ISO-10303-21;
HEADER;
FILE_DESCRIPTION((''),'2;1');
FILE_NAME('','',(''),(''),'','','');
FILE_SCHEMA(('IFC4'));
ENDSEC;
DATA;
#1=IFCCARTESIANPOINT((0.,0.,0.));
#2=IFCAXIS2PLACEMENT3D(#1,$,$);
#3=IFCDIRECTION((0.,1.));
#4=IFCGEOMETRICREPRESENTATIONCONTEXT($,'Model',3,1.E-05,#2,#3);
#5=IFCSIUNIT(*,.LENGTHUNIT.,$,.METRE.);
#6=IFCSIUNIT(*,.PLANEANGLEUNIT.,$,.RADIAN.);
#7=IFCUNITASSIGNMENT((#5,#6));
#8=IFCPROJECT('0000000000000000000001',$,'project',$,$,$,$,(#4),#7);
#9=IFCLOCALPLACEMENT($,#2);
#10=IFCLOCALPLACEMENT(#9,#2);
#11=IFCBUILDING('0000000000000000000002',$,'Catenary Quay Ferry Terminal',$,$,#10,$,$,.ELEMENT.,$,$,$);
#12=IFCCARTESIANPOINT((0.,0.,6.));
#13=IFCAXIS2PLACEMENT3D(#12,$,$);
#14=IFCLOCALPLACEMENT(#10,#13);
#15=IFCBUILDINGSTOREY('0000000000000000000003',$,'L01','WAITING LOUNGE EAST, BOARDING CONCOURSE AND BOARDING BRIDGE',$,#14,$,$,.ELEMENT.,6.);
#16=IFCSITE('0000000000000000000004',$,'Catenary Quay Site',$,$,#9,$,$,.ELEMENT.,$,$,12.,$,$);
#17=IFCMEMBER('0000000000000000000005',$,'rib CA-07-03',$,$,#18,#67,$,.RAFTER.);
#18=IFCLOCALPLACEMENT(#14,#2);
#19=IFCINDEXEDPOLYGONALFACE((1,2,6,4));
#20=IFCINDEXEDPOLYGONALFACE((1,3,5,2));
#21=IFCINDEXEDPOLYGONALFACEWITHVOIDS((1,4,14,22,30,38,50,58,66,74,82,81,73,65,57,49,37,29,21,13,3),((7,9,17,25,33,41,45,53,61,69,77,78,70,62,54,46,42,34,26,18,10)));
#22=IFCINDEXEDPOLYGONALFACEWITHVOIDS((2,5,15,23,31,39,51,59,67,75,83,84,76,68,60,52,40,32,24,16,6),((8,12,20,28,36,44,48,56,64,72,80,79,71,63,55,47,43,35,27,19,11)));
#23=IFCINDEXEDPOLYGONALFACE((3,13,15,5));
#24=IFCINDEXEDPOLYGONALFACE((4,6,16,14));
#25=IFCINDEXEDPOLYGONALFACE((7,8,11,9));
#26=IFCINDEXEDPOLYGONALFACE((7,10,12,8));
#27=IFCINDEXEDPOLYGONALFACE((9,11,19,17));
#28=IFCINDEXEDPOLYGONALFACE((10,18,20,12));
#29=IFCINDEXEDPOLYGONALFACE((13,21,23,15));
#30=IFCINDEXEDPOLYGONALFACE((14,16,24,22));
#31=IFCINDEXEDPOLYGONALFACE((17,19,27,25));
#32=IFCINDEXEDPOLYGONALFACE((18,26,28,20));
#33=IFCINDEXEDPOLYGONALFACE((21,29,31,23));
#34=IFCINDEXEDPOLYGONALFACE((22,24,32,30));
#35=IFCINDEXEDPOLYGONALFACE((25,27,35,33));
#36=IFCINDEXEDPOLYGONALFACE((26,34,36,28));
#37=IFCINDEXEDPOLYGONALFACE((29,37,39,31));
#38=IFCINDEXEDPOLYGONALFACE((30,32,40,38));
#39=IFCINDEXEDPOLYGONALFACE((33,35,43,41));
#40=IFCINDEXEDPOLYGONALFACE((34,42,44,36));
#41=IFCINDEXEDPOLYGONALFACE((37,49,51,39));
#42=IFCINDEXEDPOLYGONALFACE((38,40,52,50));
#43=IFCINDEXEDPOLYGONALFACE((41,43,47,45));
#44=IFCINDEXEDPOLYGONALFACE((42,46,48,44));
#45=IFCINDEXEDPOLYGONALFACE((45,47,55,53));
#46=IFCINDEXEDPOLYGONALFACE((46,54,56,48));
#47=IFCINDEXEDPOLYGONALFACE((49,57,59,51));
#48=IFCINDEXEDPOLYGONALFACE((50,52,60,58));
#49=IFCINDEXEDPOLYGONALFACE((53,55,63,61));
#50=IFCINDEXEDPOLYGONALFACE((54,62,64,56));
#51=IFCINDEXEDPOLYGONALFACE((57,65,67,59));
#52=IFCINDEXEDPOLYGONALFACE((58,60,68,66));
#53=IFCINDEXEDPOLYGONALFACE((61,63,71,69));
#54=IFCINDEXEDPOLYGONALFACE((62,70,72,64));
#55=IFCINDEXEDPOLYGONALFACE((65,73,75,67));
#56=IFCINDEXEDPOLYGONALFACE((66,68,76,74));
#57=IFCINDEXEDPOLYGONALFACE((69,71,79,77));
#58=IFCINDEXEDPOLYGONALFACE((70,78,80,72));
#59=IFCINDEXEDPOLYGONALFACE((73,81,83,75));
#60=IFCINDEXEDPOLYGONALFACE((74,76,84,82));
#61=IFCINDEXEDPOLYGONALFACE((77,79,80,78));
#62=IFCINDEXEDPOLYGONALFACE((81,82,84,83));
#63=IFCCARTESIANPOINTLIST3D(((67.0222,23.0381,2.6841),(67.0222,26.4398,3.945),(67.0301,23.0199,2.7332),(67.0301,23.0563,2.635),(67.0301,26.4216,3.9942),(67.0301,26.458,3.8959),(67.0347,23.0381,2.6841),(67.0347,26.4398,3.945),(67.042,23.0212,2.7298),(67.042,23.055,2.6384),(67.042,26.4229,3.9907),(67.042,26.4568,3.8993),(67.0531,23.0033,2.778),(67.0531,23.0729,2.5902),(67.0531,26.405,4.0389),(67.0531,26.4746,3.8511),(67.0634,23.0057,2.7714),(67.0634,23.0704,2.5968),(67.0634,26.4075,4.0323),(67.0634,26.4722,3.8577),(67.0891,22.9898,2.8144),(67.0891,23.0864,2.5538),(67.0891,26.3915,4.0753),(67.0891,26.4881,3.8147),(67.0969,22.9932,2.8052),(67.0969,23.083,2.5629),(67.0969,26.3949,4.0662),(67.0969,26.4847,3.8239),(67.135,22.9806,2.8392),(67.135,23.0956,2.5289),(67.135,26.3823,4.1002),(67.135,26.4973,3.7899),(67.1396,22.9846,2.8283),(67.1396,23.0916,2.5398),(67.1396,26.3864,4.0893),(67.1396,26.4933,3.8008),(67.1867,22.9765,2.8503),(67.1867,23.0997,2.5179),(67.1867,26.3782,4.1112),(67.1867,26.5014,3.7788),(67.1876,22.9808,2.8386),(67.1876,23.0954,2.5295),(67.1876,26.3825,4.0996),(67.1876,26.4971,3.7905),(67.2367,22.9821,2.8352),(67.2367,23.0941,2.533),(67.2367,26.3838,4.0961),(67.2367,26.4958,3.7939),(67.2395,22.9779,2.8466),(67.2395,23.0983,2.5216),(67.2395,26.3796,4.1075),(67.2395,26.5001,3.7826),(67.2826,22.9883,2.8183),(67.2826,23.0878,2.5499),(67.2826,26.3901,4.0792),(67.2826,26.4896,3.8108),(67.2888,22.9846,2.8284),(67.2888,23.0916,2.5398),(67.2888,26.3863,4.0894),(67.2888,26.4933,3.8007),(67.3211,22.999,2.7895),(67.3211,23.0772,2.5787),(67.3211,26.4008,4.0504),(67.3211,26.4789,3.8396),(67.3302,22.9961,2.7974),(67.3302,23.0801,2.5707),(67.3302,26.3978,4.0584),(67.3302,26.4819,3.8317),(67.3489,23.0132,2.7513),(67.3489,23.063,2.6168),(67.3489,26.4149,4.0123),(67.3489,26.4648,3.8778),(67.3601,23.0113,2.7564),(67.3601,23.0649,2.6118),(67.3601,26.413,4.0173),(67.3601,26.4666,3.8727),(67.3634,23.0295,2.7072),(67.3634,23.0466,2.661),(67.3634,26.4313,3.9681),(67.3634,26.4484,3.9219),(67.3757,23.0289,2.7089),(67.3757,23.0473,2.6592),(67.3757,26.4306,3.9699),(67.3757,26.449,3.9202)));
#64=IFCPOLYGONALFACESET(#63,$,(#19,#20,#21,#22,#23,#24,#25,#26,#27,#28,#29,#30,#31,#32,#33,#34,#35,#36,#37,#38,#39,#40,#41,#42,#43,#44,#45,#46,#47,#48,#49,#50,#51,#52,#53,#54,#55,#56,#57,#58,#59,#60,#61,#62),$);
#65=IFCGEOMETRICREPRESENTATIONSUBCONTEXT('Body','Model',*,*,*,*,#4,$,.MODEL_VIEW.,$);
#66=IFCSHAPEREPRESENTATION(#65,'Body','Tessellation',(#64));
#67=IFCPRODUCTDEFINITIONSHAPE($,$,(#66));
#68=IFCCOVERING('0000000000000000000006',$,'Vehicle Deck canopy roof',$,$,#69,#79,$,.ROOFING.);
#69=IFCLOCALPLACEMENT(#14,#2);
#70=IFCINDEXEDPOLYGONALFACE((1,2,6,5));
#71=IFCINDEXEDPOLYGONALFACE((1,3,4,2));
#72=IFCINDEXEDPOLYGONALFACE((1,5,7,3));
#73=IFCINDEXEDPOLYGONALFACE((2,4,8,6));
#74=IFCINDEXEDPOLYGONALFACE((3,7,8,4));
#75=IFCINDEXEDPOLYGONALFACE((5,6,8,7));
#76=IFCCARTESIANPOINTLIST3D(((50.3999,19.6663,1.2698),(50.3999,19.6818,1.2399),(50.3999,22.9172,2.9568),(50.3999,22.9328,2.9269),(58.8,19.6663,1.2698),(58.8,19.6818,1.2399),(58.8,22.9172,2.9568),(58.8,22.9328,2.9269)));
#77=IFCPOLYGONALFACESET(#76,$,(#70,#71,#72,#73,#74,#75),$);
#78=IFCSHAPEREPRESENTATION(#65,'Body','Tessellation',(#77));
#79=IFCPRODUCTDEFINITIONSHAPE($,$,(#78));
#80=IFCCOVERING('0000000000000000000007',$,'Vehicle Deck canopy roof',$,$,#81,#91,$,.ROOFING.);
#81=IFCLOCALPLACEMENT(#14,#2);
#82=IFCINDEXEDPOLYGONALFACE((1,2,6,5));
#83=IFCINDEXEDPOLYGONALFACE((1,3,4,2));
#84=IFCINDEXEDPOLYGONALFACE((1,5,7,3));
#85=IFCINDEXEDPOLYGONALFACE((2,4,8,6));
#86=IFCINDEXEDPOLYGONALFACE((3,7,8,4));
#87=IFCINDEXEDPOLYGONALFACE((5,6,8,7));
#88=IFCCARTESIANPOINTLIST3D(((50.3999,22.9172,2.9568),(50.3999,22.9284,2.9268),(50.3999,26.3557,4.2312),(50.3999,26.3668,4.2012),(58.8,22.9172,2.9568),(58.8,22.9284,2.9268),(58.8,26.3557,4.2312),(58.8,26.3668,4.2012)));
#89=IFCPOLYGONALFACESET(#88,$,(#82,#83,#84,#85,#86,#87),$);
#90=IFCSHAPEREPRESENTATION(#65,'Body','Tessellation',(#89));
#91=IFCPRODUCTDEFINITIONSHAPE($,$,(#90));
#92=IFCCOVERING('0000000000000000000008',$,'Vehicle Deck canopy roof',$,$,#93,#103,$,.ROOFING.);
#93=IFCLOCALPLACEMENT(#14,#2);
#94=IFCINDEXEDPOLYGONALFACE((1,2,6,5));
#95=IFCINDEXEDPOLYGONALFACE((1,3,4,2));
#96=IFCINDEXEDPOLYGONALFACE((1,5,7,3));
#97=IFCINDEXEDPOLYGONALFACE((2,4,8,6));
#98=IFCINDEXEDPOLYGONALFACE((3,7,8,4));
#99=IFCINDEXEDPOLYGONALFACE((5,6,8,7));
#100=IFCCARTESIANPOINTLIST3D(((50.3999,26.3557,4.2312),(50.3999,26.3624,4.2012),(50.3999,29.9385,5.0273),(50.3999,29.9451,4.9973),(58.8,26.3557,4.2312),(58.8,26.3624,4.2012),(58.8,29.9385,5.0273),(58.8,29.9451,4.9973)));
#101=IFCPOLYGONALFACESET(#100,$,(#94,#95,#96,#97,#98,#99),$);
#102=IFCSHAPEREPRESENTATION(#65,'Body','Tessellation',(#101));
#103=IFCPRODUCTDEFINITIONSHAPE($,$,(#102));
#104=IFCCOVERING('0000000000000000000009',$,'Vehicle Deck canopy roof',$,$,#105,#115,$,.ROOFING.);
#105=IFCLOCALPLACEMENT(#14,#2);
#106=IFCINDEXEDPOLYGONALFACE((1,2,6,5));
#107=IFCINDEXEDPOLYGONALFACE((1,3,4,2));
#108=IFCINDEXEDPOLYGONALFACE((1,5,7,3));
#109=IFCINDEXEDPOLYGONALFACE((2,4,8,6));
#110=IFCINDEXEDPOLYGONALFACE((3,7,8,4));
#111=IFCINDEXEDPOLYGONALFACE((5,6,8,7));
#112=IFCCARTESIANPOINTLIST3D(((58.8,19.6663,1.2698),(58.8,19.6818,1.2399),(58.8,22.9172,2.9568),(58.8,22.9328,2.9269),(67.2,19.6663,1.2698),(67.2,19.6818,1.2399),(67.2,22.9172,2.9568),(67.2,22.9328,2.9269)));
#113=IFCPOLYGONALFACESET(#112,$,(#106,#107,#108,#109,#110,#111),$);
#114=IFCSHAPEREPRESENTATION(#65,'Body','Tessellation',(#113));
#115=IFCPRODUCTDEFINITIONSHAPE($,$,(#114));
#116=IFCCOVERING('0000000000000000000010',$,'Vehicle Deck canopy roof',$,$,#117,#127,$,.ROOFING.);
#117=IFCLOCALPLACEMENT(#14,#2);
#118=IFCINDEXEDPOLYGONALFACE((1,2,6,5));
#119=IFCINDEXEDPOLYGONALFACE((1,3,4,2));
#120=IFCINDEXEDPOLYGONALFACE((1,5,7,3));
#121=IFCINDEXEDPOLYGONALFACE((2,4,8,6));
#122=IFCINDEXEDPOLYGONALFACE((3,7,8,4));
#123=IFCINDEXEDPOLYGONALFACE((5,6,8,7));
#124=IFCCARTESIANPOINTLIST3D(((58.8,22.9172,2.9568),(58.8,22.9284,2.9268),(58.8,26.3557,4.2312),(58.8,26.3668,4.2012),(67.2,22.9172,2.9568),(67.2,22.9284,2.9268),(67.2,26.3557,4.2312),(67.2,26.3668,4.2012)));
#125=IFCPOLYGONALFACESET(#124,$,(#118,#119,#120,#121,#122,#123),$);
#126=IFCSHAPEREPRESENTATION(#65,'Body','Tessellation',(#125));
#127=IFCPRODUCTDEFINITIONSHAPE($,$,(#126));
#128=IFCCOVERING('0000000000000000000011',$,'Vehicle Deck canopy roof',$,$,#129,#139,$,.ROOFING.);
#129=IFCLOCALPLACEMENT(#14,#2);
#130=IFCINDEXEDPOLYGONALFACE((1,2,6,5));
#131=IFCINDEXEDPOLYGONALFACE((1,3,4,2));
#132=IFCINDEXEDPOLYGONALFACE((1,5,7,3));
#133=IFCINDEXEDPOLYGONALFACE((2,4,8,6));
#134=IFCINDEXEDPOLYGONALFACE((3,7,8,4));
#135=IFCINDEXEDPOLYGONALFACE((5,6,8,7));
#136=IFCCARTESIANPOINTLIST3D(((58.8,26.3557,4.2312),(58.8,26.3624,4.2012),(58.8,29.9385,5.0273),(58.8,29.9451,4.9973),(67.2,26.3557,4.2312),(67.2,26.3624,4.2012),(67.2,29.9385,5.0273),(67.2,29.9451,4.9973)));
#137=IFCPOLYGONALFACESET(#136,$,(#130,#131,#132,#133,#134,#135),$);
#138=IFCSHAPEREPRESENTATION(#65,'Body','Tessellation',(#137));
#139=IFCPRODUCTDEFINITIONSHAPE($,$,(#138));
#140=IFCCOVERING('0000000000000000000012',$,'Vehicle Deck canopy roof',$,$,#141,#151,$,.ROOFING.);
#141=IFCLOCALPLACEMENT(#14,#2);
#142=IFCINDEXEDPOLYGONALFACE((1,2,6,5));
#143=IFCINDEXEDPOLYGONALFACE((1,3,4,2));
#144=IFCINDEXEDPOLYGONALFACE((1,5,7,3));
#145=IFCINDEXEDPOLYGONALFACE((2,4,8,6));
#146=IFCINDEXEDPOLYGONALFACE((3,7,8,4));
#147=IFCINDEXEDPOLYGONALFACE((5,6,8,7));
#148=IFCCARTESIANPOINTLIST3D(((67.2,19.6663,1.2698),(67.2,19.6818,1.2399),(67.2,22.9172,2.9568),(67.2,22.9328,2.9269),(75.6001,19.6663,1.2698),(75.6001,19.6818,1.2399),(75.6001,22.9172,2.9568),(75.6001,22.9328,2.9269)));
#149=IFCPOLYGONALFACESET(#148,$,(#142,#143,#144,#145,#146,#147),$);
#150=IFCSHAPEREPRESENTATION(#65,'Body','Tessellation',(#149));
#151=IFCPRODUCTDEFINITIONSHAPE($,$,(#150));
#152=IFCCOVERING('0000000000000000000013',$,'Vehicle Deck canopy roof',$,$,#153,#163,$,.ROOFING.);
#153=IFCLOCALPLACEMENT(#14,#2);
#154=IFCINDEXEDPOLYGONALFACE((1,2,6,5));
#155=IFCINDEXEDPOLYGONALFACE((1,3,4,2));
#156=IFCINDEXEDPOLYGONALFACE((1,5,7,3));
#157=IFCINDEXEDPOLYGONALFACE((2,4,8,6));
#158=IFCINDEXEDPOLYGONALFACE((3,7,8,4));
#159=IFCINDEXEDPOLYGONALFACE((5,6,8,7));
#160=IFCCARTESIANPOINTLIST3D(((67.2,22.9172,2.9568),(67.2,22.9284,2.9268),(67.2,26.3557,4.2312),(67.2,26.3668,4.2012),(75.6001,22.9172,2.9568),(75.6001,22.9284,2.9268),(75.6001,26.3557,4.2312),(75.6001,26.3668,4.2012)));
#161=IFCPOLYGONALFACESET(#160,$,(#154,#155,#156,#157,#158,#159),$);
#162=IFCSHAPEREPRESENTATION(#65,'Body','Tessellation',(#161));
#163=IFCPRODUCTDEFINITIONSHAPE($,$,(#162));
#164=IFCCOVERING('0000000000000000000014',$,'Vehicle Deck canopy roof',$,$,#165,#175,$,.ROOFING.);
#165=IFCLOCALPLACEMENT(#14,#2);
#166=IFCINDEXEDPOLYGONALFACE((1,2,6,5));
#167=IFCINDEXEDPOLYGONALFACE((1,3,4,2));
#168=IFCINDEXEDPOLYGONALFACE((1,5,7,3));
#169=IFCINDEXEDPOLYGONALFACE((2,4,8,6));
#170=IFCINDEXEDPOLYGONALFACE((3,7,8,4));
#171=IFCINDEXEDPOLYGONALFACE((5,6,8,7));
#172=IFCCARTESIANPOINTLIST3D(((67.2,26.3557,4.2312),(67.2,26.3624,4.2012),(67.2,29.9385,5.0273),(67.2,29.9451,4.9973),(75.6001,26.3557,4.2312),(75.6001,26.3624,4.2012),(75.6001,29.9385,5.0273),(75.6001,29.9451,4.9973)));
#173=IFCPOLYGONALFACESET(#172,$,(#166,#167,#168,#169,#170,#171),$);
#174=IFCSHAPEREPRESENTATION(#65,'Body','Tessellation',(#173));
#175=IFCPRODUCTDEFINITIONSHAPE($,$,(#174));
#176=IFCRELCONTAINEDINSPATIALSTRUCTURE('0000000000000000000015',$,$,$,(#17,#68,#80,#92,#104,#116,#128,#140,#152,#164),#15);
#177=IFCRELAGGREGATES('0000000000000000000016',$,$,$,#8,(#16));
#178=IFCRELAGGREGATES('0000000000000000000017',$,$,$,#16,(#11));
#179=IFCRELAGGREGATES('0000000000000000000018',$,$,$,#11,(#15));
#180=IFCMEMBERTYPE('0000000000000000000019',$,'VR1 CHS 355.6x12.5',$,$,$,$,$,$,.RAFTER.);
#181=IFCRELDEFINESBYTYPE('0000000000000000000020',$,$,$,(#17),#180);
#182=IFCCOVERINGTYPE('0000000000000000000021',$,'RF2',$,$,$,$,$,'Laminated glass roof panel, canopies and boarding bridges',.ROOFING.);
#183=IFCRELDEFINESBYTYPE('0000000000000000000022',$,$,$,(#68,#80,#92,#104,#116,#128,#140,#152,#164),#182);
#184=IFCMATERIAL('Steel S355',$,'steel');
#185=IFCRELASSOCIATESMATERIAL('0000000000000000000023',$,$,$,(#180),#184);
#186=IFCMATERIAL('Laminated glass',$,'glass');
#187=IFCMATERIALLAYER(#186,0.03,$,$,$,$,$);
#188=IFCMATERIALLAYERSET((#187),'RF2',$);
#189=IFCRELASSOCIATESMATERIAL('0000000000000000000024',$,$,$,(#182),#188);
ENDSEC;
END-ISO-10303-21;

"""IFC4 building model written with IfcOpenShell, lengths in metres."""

from ifc_helpers import new_model, si_unit, direction, frame, origin, origin_2d, place, context, subcontext, project, spatial, polyline, hollow_circle, outline, extrude, material, layer, layer_set, material_profile, profile_set, type_object, element, save


model = new_model("IFC4")

# Units and contexts
model_context = context("Model", 3, precision=1e-05, world=origin(), true_north=direction((0.0, 1.0)))
body_context = subcontext(model_context, "Body", "Model", "MODEL_VIEW")
ifc_project = project(units=[si_unit("LENGTHUNIT", "METRE"), si_unit("PLANEANGLEUNIT", "RADIAN")], contexts=[model_context])

# Site, building, storey
site_placement = place(None, origin())
site = spatial("IfcSite", under=ifc_project, at=site_placement, Name="Catenary Quay Site", CompositionType="ELEMENT", RefElevation=12.0)
building_placement = place(site_placement, origin())
building = spatial("IfcBuilding", under=site, at=building_placement, Name="Catenary Quay Ferry Terminal", CompositionType="ELEMENT")
storey_placement = place(building_placement, frame((0.0, 0.0, 6.0)))
storey = spatial("IfcBuildingStorey", under=building, at=storey_placement, Name="L01", Description="WAITING LOUNGE EAST, BOARDING CONCOURSE AND BOARDING BRIDGE", CompositionType="ELEMENT", Elevation=6.0)

# Member
ifc_material_1 = material(Name="Steel S355", Category="steel")
ifc_material_profile_1 = material_profile(ifc_material_1, hollow_circle(Radius=0.1777, WallThickness=0.0125, at=origin_2d()), Name="CHS 355.6x12.5")
ifc_profile_set_1 = profile_set([ifc_material_profile_1], Name="Steel S355")
member_type_1 = type_object("IfcMemberType", Name="VR1 CHS 355.6x12.5", PredefinedType="RAFTER", material=ifc_profile_set_1)
member_1_placement = place(storey_placement, frame((67.2, 23.0381, 2.6841), z_axis=(0.0, 0.937655, 0.347566), x_axis=(-1.0, 0.0, 0.0)))
element("IfcMember", 1, at=member_1_placement, inside=storey, type_object=member_type_1, Name="rib CA-07-03", PredefinedType="RAFTER", context=body_context, shape_type="SweptSolid", body=[
    extrude(hollow_circle(Radius=0.1777, WallThickness=0.0125, at=origin_2d()), origin(), (0.0, 0.0, 1.0), 3.6279),
])

# Coverings
ifc_material_2 = material(Name="Laminated glass", Category="glass")
ifc_layer = layer(ifc_material_2, 0.03)
ifc_layer_set = layer_set([ifc_layer], Name="RF2")
covering_type = type_object("IfcCoveringType", Name="RF2", ElementType="Laminated glass roof panel, canopies and boarding bridges", PredefinedType="ROOFING", material=ifc_layer_set)
covering_1_placement = place(storey_placement, frame((50.3999, 19.6663, 1.2698), z_axis=(0.0, -0.460601, 0.887607), x_axis=(1.0, 0.0, 0.0)))
element("IfcCovering", 2, at=covering_1_placement, inside=storey, type_object=covering_type, Name="Vehicle Deck canopy roof", PredefinedType="ROOFING", context=body_context, shape_type="SweptSolid", body=[
    extrude(outline(polyline([(0.0, 0.0), (8.4001, 0.0), (8.4001, 3.6626), (0.0, 3.6626), (0.0, 0.0)])), origin(), (0.0, 0.0, -1.0), 0.0337),
])
covering_2_placement = place(storey_placement, frame((50.3999, 22.9172, 2.9568), z_axis=(0.0, -0.347531, 0.937668), x_axis=(1.0, 0.0, 0.0)))
element("IfcCovering", 3, at=covering_2_placement, inside=storey, type_object=covering_type, Name="Vehicle Deck canopy roof", PredefinedType="ROOFING", context=body_context, shape_type="SweptSolid", body=[
    extrude(outline(polyline([(0.0, 0.0), (8.4001, 0.0), (8.4001, 3.667), (0.0, 3.667), (0.0, 0.0)])), origin(), (0.0, 0.0, -1.0), 0.032),
])
covering_3_placement = place(storey_placement, frame((50.3999, 26.3557, 4.2312), z_axis=(0.0, -0.216923, 0.976189), x_axis=(1.0, 0.0, 0.0)))
element("IfcCovering", 4, at=covering_3_placement, inside=storey, type_object=covering_type, Name="Vehicle Deck canopy roof", PredefinedType="ROOFING", context=body_context, shape_type="SweptSolid", body=[
    extrude(outline(polyline([(0.0, 0.0), (8.4001, 0.0), (8.4001, 3.6702), (0.0, 3.6702), (0.0, 0.0)])), origin(), (0.0, 0.0, -1.0), 0.0308),
])
covering_4_placement = place(storey_placement, frame((58.8, 19.6663, 1.2698), z_axis=(0.0, -0.460601, 0.887607), x_axis=(1.0, 0.0, 0.0)))
element("IfcCovering", 5, at=covering_4_placement, inside=storey, type_object=covering_type, Name="Vehicle Deck canopy roof", PredefinedType="ROOFING", context=body_context, shape_type="SweptSolid", body=[
    extrude(outline(polyline([(0.0, 0.0), (8.3999, 0.0), (8.3999, 3.6626), (0.0, 3.6626), (0.0, 0.0)])), origin(), (0.0, 0.0, -1.0), 0.0337),
])
covering_5_placement = place(storey_placement, frame((58.8, 22.9172, 2.9568), z_axis=(0.0, -0.347531, 0.937668), x_axis=(1.0, 0.0, 0.0)))
element("IfcCovering", 6, at=covering_5_placement, inside=storey, type_object=covering_type, Name="Vehicle Deck canopy roof", PredefinedType="ROOFING", context=body_context, shape_type="SweptSolid", body=[
    extrude(outline(polyline([(0.0, 0.0), (8.3999, 0.0), (8.3999, 3.667), (0.0, 3.667), (0.0, 0.0)])), origin(), (0.0, 0.0, -1.0), 0.032),
])
covering_6_placement = place(storey_placement, frame((58.8, 26.3557, 4.2312), z_axis=(0.0, -0.216923, 0.976189), x_axis=(1.0, 0.0, 0.0)))
element("IfcCovering", 7, at=covering_6_placement, inside=storey, type_object=covering_type, Name="Vehicle Deck canopy roof", PredefinedType="ROOFING", context=body_context, shape_type="SweptSolid", body=[
    extrude(outline(polyline([(0.0, 0.0), (8.3999, 0.0), (8.3999, 3.6702), (0.0, 3.6702), (0.0, 0.0)])), origin(), (0.0, 0.0, -1.0), 0.0308),
])
covering_7_placement = place(storey_placement, frame((67.2, 19.6663, 1.2698), z_axis=(0.0, -0.460601, 0.887607), x_axis=(1.0, 0.0, 0.0)))
element("IfcCovering", 8, at=covering_7_placement, inside=storey, type_object=covering_type, Name="Vehicle Deck canopy roof", PredefinedType="ROOFING", context=body_context, shape_type="SweptSolid", body=[
    extrude(outline(polyline([(0.0, 0.0), (8.4001, 0.0), (8.4001, 3.6626), (0.0, 3.6626), (0.0, 0.0)])), origin(), (0.0, 0.0, -1.0), 0.0337),
])
covering_8_placement = place(storey_placement, frame((67.2, 22.9172, 2.9568), z_axis=(0.0, -0.347531, 0.937668), x_axis=(1.0, 0.0, 0.0)))
element("IfcCovering", 9, at=covering_8_placement, inside=storey, type_object=covering_type, Name="Vehicle Deck canopy roof", PredefinedType="ROOFING", context=body_context, shape_type="SweptSolid", body=[
    extrude(outline(polyline([(0.0, 0.0), (8.4001, 0.0), (8.4001, 3.667), (0.0, 3.667), (0.0, 0.0)])), origin(), (0.0, 0.0, -1.0), 0.032),
])
covering_9_placement = place(storey_placement, frame((67.2, 26.3557, 4.2312), z_axis=(0.0, -0.216923, 0.976189), x_axis=(1.0, 0.0, 0.0)))
element("IfcCovering", 10, at=covering_9_placement, inside=storey, type_object=covering_type, Name="Vehicle Deck canopy roof", PredefinedType="ROOFING", context=body_context, shape_type="SweptSolid", body=[
    extrude(outline(polyline([(0.0, 0.0), (8.4001, 0.0), (8.4001, 3.6702), (0.0, 3.6702), (0.0, 0.0)])), origin(), (0.0, 0.0, -1.0), 0.0308),
])

save(model, "model.ifc")
